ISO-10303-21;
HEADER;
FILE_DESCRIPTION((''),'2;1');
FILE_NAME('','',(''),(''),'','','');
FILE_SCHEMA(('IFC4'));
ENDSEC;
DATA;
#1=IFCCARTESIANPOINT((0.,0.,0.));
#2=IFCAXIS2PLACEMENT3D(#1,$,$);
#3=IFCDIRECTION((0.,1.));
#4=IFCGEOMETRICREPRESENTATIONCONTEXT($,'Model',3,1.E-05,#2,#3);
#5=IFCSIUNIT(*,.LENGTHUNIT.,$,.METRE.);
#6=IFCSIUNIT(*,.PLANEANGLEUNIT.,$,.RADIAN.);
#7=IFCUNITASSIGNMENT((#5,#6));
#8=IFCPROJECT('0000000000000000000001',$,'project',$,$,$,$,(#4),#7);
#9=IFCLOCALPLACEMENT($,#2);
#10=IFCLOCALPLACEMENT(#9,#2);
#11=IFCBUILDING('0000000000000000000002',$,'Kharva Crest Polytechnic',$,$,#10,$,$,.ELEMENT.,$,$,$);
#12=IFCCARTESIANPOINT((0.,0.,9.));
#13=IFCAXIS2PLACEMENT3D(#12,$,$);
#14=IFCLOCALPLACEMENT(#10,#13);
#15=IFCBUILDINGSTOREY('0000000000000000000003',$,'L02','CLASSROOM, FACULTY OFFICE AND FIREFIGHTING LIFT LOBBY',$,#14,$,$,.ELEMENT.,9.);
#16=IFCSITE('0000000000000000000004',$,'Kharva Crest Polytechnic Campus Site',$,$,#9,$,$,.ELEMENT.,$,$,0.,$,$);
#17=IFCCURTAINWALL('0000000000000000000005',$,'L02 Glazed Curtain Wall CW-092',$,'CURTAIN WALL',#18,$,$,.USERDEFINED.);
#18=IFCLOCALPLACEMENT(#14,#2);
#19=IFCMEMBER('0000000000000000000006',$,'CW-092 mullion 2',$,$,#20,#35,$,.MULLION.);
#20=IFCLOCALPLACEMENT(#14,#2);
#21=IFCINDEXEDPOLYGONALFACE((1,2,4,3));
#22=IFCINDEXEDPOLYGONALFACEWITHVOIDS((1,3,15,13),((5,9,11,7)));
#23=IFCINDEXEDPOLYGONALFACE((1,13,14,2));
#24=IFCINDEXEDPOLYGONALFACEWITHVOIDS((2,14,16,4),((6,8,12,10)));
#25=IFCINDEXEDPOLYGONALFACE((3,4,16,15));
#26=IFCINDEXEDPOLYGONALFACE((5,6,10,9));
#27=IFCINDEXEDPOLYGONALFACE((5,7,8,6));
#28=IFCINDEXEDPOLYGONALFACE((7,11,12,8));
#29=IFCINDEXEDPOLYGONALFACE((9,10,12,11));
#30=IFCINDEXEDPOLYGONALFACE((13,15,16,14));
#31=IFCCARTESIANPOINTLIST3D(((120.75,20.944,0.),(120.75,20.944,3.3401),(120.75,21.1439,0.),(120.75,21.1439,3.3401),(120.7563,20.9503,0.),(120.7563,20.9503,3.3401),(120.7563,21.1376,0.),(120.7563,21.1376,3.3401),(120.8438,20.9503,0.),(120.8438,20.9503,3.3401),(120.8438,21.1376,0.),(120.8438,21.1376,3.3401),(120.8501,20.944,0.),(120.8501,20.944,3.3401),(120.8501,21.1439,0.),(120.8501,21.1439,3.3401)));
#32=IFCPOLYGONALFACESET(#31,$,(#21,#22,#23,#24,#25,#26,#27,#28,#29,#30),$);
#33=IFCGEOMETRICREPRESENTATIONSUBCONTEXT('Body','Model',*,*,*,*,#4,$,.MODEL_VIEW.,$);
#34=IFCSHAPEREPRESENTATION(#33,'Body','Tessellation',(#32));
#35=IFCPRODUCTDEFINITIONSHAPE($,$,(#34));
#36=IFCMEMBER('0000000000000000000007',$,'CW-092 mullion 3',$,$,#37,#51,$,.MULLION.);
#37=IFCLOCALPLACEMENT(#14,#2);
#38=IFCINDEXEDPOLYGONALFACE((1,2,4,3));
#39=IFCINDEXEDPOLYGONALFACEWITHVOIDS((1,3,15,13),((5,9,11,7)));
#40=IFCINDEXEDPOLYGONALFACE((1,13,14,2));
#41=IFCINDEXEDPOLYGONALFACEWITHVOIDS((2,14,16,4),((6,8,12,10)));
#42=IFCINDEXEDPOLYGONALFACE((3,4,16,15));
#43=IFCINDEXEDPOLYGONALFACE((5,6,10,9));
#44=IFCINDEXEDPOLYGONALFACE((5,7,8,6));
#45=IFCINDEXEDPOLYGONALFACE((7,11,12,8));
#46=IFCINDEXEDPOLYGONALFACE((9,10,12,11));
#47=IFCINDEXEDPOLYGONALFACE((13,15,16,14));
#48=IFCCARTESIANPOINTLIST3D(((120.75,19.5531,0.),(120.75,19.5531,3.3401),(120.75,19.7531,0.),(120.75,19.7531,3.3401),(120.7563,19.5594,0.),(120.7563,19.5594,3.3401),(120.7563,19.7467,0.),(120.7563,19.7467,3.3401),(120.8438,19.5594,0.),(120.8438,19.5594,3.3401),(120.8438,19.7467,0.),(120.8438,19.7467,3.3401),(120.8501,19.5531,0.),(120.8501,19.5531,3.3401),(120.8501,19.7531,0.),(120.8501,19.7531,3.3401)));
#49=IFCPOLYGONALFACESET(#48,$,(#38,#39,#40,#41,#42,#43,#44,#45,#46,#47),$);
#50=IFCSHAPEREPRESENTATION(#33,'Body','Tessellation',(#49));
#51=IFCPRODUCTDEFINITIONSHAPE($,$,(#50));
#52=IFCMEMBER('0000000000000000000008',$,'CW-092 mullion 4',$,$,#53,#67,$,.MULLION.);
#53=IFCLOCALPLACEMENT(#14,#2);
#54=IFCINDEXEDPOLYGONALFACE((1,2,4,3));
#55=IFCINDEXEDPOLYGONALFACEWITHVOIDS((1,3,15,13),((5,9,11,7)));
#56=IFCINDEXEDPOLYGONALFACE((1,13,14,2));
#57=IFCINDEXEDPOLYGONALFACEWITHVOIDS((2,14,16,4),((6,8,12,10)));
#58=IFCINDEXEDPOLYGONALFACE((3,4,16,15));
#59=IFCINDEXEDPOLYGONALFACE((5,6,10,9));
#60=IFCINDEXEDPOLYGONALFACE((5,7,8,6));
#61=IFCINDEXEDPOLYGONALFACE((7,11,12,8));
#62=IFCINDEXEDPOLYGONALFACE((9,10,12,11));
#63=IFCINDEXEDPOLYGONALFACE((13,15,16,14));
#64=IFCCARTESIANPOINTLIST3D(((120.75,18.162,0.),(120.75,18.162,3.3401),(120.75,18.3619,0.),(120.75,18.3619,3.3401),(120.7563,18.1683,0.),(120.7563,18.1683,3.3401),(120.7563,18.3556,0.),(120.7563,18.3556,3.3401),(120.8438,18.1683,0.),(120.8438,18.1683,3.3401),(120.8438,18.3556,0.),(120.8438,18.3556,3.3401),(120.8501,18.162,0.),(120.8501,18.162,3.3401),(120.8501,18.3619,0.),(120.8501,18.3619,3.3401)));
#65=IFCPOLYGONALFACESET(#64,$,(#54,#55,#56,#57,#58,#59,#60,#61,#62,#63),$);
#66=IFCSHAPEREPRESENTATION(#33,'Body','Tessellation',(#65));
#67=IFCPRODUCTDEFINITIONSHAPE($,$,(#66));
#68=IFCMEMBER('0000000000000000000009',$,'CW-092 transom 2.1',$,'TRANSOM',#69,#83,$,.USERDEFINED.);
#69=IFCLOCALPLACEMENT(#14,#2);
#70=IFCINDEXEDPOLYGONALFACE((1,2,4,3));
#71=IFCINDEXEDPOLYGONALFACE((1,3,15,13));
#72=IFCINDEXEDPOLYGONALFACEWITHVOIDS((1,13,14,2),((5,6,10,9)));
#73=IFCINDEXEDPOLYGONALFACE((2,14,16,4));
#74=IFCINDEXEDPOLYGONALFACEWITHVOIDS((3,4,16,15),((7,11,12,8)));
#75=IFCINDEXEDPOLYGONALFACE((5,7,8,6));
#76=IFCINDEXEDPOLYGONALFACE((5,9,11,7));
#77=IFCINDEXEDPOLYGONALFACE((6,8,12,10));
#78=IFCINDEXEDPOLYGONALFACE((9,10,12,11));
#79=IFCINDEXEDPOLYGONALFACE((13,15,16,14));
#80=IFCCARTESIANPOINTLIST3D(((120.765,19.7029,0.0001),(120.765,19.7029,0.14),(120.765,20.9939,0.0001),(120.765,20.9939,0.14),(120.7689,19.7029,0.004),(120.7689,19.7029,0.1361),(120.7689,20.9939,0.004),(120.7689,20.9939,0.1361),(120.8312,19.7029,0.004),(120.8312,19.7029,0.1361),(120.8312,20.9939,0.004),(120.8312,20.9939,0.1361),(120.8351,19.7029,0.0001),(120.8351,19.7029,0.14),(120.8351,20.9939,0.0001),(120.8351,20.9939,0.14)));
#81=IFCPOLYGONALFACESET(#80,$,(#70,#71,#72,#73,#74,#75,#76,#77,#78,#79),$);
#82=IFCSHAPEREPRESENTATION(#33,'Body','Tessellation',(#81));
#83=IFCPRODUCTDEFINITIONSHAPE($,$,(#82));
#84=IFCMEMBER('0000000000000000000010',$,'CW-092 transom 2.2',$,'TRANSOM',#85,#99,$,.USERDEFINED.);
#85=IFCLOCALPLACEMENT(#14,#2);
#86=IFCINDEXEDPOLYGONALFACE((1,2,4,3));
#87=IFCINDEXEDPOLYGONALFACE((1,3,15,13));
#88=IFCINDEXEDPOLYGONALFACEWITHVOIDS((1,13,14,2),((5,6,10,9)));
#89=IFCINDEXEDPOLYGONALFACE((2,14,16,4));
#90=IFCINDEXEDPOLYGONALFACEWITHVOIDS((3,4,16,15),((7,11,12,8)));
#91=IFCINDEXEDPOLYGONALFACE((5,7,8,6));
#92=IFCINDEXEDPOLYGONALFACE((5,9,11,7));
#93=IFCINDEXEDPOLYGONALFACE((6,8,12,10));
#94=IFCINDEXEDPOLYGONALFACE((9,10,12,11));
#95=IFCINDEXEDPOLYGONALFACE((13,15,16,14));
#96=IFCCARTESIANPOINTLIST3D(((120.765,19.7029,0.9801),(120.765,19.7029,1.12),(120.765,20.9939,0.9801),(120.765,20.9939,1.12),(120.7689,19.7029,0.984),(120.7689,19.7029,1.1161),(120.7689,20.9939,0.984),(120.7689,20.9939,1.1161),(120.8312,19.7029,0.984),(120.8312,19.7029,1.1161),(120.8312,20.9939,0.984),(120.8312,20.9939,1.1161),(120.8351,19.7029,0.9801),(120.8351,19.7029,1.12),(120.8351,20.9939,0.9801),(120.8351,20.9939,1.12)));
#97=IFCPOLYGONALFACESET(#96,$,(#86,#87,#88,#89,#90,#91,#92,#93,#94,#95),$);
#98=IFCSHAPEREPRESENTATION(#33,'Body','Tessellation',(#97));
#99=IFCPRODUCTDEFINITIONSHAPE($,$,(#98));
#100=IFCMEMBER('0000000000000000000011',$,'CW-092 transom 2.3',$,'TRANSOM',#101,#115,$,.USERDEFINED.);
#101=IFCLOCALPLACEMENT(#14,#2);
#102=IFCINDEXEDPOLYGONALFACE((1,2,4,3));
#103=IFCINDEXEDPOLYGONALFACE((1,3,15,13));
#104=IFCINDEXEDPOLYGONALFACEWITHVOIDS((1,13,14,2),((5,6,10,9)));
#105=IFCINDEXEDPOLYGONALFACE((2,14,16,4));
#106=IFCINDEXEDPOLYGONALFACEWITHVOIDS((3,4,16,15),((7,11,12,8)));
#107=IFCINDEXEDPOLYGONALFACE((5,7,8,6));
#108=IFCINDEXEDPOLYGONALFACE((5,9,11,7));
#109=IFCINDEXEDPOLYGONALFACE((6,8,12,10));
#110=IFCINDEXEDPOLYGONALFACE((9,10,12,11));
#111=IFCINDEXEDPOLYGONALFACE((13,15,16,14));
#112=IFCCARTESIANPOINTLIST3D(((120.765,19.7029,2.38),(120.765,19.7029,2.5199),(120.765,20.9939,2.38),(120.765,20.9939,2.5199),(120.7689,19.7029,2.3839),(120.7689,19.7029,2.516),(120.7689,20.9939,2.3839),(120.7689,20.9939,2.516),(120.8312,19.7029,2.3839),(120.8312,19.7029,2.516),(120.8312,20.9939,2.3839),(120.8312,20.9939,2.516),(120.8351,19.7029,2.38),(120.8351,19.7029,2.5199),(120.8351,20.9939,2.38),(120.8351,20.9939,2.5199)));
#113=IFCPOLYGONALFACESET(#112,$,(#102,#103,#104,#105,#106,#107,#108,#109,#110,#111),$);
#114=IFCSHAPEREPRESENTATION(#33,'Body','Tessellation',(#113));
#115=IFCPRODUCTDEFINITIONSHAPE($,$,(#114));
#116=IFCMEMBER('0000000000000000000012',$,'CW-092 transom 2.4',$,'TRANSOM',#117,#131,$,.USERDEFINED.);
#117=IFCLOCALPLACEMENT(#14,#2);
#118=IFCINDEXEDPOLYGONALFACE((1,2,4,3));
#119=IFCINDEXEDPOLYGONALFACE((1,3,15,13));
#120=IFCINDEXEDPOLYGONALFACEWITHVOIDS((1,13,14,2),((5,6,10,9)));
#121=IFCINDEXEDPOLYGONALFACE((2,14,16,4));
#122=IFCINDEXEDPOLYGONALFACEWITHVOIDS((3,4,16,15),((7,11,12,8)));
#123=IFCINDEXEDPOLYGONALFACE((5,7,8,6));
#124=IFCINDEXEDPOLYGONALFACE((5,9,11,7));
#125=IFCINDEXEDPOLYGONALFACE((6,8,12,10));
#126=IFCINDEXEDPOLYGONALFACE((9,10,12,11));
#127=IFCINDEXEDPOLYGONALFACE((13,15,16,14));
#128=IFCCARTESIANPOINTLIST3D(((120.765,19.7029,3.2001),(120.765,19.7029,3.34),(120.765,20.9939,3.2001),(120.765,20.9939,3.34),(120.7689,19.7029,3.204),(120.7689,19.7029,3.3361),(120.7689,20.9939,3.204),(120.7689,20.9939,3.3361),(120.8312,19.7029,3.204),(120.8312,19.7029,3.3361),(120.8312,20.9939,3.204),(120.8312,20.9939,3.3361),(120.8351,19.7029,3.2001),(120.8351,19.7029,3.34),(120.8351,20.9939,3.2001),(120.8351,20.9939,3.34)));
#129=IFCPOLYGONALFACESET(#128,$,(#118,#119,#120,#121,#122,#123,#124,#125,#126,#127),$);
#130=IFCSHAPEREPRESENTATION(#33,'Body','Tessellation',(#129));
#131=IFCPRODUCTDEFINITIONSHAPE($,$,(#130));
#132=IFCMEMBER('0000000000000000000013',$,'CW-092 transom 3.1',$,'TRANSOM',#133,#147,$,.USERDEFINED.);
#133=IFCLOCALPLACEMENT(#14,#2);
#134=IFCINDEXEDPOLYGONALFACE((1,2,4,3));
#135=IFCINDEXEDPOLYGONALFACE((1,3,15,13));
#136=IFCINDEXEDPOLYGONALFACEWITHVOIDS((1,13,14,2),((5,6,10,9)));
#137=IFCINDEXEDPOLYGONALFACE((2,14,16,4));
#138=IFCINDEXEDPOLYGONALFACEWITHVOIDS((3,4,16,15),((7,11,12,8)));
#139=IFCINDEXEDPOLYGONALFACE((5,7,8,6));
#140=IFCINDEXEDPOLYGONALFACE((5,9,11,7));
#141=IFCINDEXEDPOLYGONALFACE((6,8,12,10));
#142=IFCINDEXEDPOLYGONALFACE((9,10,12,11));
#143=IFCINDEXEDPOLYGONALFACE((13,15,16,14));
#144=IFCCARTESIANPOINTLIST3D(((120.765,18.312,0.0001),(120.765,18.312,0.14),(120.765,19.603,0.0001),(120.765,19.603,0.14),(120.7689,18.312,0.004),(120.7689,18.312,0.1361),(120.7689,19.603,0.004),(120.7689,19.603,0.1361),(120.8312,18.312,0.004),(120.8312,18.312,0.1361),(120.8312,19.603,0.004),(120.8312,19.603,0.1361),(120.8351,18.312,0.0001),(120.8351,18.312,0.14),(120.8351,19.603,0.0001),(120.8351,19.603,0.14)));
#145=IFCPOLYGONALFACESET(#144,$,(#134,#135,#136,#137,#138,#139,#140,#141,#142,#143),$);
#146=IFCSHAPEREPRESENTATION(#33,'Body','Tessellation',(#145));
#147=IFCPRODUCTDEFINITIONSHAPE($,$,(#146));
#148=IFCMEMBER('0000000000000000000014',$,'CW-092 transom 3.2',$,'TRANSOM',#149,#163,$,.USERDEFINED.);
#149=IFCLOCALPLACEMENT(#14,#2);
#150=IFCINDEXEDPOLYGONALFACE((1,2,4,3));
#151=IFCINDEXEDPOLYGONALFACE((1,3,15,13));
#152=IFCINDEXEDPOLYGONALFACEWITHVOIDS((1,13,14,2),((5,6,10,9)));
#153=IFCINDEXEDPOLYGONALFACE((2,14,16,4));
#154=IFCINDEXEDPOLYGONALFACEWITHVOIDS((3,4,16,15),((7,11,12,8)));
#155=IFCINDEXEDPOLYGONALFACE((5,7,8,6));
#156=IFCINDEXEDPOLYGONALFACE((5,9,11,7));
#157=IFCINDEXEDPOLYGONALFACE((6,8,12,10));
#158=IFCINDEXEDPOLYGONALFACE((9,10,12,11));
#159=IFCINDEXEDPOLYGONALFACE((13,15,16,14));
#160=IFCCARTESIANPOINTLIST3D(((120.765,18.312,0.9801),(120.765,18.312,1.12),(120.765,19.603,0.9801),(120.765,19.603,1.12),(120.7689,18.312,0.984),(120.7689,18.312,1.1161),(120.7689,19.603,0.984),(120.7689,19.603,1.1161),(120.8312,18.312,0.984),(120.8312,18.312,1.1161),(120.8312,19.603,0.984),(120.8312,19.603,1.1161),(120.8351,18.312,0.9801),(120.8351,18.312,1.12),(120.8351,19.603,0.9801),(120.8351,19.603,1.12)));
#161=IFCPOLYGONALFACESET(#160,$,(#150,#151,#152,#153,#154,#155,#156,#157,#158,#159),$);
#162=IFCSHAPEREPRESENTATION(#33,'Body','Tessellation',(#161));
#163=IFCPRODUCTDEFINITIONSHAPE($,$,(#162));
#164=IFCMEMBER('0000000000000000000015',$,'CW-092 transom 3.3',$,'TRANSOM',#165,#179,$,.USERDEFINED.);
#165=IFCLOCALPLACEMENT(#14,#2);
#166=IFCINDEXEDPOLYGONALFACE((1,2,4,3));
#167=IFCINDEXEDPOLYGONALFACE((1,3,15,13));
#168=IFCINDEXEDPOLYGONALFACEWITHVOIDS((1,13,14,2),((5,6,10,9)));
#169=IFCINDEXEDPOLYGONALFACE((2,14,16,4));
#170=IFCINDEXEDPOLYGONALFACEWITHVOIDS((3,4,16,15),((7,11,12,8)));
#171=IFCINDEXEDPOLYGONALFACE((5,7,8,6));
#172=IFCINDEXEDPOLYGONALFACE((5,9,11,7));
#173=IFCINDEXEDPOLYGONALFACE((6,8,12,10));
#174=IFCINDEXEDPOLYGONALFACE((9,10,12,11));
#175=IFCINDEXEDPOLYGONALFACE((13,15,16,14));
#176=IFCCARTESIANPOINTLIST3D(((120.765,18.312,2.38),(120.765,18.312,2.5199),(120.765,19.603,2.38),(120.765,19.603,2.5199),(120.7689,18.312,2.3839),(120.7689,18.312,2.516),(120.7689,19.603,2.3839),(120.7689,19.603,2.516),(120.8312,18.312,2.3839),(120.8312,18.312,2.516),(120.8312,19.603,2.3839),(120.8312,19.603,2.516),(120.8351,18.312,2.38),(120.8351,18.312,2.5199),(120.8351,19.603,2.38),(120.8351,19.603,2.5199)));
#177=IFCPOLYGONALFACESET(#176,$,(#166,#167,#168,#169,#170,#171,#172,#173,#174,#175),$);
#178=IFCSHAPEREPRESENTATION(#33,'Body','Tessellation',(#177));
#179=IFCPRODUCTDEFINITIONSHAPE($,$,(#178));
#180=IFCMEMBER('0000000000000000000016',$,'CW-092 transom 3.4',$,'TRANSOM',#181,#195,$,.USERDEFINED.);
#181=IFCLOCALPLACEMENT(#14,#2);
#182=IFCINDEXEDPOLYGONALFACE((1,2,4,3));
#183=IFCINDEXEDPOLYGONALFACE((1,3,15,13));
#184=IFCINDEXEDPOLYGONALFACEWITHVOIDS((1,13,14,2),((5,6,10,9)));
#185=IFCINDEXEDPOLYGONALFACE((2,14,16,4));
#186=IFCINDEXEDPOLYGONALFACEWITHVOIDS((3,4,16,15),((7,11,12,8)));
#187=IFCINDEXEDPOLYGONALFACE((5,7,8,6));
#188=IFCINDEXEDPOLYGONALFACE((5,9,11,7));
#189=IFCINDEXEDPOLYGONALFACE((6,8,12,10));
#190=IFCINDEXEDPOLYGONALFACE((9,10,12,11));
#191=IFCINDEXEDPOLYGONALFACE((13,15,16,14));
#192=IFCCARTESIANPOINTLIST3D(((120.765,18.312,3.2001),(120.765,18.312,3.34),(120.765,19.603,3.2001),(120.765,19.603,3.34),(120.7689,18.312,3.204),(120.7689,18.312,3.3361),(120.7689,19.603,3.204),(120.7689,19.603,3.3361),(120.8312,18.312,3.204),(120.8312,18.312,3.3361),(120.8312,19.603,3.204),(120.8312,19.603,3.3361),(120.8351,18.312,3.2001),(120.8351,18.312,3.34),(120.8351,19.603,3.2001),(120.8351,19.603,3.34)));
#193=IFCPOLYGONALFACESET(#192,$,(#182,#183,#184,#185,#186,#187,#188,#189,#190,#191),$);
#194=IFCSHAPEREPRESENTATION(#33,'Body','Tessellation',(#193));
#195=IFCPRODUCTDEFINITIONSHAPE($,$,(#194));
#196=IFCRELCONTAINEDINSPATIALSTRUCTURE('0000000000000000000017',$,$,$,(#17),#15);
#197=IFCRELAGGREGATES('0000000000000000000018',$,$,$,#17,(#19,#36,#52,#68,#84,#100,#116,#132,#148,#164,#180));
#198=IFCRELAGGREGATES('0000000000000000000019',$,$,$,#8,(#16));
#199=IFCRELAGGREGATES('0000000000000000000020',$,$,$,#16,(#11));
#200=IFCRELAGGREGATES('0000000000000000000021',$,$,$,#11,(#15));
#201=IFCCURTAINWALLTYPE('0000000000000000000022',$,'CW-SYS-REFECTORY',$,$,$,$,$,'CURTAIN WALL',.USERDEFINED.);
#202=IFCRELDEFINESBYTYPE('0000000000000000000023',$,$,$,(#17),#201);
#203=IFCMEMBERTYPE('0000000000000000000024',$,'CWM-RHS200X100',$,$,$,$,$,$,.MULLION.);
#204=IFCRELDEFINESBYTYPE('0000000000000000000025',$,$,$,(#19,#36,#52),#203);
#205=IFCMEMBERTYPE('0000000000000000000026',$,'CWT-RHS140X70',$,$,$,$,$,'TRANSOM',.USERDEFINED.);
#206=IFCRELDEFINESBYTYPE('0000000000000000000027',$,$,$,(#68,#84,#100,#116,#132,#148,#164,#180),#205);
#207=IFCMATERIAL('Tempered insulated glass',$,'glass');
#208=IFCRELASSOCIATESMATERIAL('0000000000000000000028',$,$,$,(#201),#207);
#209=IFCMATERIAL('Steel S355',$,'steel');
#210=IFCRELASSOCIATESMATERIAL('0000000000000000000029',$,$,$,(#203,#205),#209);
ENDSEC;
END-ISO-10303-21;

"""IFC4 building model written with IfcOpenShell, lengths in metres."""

from ifc_helpers import new_model, si_unit, direction, frame, origin, origin_2d, place, context, subcontext, project, spatial, hollow_rectangle, extrude, material, material_profile, profile_set, type_object, element, aggregate, save


model = new_model("IFC4")

# Units and contexts
model_context = context("Model", 3, precision=1e-05, world=origin(), true_north=direction((0.0, 1.0)))
body_context = subcontext(model_context, "Body", "Model", "MODEL_VIEW")
ifc_project = project(units=[si_unit("LENGTHUNIT", "METRE"), si_unit("PLANEANGLEUNIT", "RADIAN")], contexts=[model_context])

# Site, building, storey
site_placement = place(None, origin())
site = spatial("IfcSite", under=ifc_project, at=site_placement, Name="Kharva Crest Polytechnic Campus Site", CompositionType="ELEMENT", RefElevation=0.0)
building_placement = place(site_placement, origin())
building = spatial("IfcBuilding", under=site, at=building_placement, Name="Kharva Crest Polytechnic", CompositionType="ELEMENT")
storey_placement = place(building_placement, frame((0.0, 0.0, 9.0)))
storey = spatial("IfcBuildingStorey", under=building, at=storey_placement, Name="L02", Description="CLASSROOM, FACULTY OFFICE AND FIREFIGHTING LIFT LOBBY", CompositionType="ELEMENT", Elevation=9.0)

# Curtain wall, members
ifc_material_1 = material(Name="Tempered insulated glass", Category="glass")
curtain_wall_type = type_object("IfcCurtainWallType", Name="CW-SYS-REFECTORY", ElementType="CURTAIN WALL", PredefinedType="USERDEFINED", material=ifc_material_1)
curtain_wall_placement = place(storey_placement, origin())
curtain_wall = element("IfcCurtainWall", 1, at=curtain_wall_placement, inside=storey, type_object=curtain_wall_type, Name="L02 Glazed Curtain Wall CW-092", ObjectType="CURTAIN WALL", PredefinedType="USERDEFINED")
ifc_material_2 = material(Name="Steel S355", Category="steel")
ifc_material_profile_1 = material_profile(ifc_material_2, hollow_rectangle(XDim=0.1001, YDim=0.2, WallThickness=0.0063, at=origin_2d()), Name="RHS 200X100X6.3")
ifc_profile_set_1 = profile_set([ifc_material_profile_1], Name="Steel S355")
member_type_1 = type_object("IfcMemberType", Name="CWM-RHS200X100", PredefinedType="MULLION", material=ifc_profile_set_1)
member_1_placement = place(storey_placement, frame((120.8, 21.0439, 0.0), z_axis=(0.0, 0.0, 1.0), x_axis=(1.0, 0.0, 0.0)))
member_1 = element("IfcMember", 2, at=member_1_placement, type_object=member_type_1, Name="CW-092 mullion 2", PredefinedType="MULLION", context=body_context, shape_type="SweptSolid", body=[
    extrude(hollow_rectangle(XDim=0.1001, YDim=0.2, WallThickness=0.0063, at=origin_2d()), origin(), (0.0, 0.0, 1.0), 3.3401),
])
member_2_placement = place(storey_placement, frame((120.8, 19.6531, 0.0), z_axis=(0.0, 0.0, 1.0), x_axis=(1.0, 0.0, 0.0)))
member_2 = element("IfcMember", 3, at=member_2_placement, type_object=member_type_1, Name="CW-092 mullion 3", PredefinedType="MULLION", context=body_context, shape_type="SweptSolid", body=[
    extrude(hollow_rectangle(XDim=0.1001, YDim=0.2, WallThickness=0.0063, at=origin_2d()), origin(), (0.0, 0.0, 1.0), 3.3401),
])
member_3_placement = place(storey_placement, frame((120.8, 18.262, 0.0), z_axis=(0.0, 0.0, 1.0), x_axis=(1.0, 0.0, 0.0)))
member_3 = element("IfcMember", 4, at=member_3_placement, type_object=member_type_1, Name="CW-092 mullion 4", PredefinedType="MULLION", context=body_context, shape_type="SweptSolid", body=[
    extrude(hollow_rectangle(XDim=0.1001, YDim=0.2, WallThickness=0.0063, at=origin_2d()), origin(), (0.0, 0.0, 1.0), 3.3401),
])
ifc_material_profile_2 = material_profile(ifc_material_2, hollow_rectangle(XDim=0.0701, YDim=0.1399, WallThickness=0.0039, at=origin_2d()), Name="RHS 140X70X4.0")
ifc_profile_set_2 = profile_set([ifc_material_profile_2], Name="Steel S355")
member_type_2 = type_object("IfcMemberType", Name="CWT-RHS140X70", ElementType="TRANSOM", PredefinedType="USERDEFINED", material=ifc_profile_set_2)
member_4_placement = place(storey_placement, frame((120.8, 20.9939, 0.0701), z_axis=(0.0, -1.0, 0.0), x_axis=(1.0, 0.0, 0.0)))
member_4 = element("IfcMember", 5, at=member_4_placement, type_object=member_type_2, Name="CW-092 transom 2.1", ObjectType="TRANSOM", PredefinedType="USERDEFINED", context=body_context, shape_type="SweptSolid", body=[
    extrude(hollow_rectangle(XDim=0.0701, YDim=0.1399, WallThickness=0.0039, at=origin_2d()), origin(), (0.0, 0.0, 1.0), 1.291),
])
member_5_placement = place(storey_placement, frame((120.8, 20.9939, 1.05), z_axis=(0.0, -1.0, 0.0), x_axis=(1.0, 0.0, 0.0)))
member_5 = element("IfcMember", 6, at=member_5_placement, type_object=member_type_2, Name="CW-092 transom 2.2", ObjectType="TRANSOM", PredefinedType="USERDEFINED", context=body_context, shape_type="SweptSolid", body=[
    extrude(hollow_rectangle(XDim=0.0701, YDim=0.1399, WallThickness=0.0039, at=origin_2d()), origin(), (0.0, 0.0, 1.0), 1.291),
])
member_6_placement = place(storey_placement, frame((120.8, 20.9939, 2.45), z_axis=(0.0, -1.0, 0.0), x_axis=(1.0, 0.0, 0.0)))
member_6 = element("IfcMember", 7, at=member_6_placement, type_object=member_type_2, Name="CW-092 transom 2.3", ObjectType="TRANSOM", PredefinedType="USERDEFINED", context=body_context, shape_type="SweptSolid", body=[
    extrude(hollow_rectangle(XDim=0.0701, YDim=0.1399, WallThickness=0.0039, at=origin_2d()), origin(), (0.0, 0.0, 1.0), 1.291),
])
member_7_placement = place(storey_placement, frame((120.8, 20.9939, 3.27), z_axis=(0.0, -1.0, 0.0), x_axis=(1.0, 0.0, 0.0)))
member_7 = element("IfcMember", 8, at=member_7_placement, type_object=member_type_2, Name="CW-092 transom 2.4", ObjectType="TRANSOM", PredefinedType="USERDEFINED", context=body_context, shape_type="SweptSolid", body=[
    extrude(hollow_rectangle(XDim=0.0701, YDim=0.1399, WallThickness=0.0039, at=origin_2d()), origin(), (0.0, 0.0, 1.0), 1.291),
])
member_8_placement = place(storey_placement, frame((120.8, 19.603, 0.0701), z_axis=(0.0, -1.0, 0.0), x_axis=(1.0, 0.0, 0.0)))
member_8 = element("IfcMember", 9, at=member_8_placement, type_object=member_type_2, Name="CW-092 transom 3.1", ObjectType="TRANSOM", PredefinedType="USERDEFINED", context=body_context, shape_type="SweptSolid", body=[
    extrude(hollow_rectangle(XDim=0.0701, YDim=0.1399, WallThickness=0.0039, at=origin_2d()), origin(), (0.0, 0.0, 1.0), 1.291),
])
member_9_placement = place(storey_placement, frame((120.8, 19.603, 1.05), z_axis=(0.0, -1.0, 0.0), x_axis=(1.0, 0.0, 0.0)))
member_9 = element("IfcMember", 10, at=member_9_placement, type_object=member_type_2, Name="CW-092 transom 3.2", ObjectType="TRANSOM", PredefinedType="USERDEFINED", context=body_context, shape_type="SweptSolid", body=[
    extrude(hollow_rectangle(XDim=0.0701, YDim=0.1399, WallThickness=0.0039, at=origin_2d()), origin(), (0.0, 0.0, 1.0), 1.291),
])
member_10_placement = place(storey_placement, frame((120.8, 19.603, 2.45), z_axis=(0.0, -1.0, 0.0), x_axis=(1.0, 0.0, 0.0)))
member_10 = element("IfcMember", 11, at=member_10_placement, type_object=member_type_2, Name="CW-092 transom 3.3", ObjectType="TRANSOM", PredefinedType="USERDEFINED", context=body_context, shape_type="SweptSolid", body=[
    extrude(hollow_rectangle(XDim=0.0701, YDim=0.1399, WallThickness=0.0039, at=origin_2d()), origin(), (0.0, 0.0, 1.0), 1.291),
])
member_11_placement = place(storey_placement, frame((120.8, 19.603, 3.27), z_axis=(0.0, -1.0, 0.0), x_axis=(1.0, 0.0, 0.0)))
member_11 = element("IfcMember", 12, at=member_11_placement, type_object=member_type_2, Name="CW-092 transom 3.4", ObjectType="TRANSOM", PredefinedType="USERDEFINED", context=body_context, shape_type="SweptSolid", body=[
    extrude(hollow_rectangle(XDim=0.0701, YDim=0.1399, WallThickness=0.0039, at=origin_2d()), origin(), (0.0, 0.0, 1.0), 1.291),
])
aggregate(curtain_wall, [member_1, member_2, member_3, member_4, member_5, member_6, member_7, member_8, member_9, member_10, member_11])

save(model, "model.ifc")
